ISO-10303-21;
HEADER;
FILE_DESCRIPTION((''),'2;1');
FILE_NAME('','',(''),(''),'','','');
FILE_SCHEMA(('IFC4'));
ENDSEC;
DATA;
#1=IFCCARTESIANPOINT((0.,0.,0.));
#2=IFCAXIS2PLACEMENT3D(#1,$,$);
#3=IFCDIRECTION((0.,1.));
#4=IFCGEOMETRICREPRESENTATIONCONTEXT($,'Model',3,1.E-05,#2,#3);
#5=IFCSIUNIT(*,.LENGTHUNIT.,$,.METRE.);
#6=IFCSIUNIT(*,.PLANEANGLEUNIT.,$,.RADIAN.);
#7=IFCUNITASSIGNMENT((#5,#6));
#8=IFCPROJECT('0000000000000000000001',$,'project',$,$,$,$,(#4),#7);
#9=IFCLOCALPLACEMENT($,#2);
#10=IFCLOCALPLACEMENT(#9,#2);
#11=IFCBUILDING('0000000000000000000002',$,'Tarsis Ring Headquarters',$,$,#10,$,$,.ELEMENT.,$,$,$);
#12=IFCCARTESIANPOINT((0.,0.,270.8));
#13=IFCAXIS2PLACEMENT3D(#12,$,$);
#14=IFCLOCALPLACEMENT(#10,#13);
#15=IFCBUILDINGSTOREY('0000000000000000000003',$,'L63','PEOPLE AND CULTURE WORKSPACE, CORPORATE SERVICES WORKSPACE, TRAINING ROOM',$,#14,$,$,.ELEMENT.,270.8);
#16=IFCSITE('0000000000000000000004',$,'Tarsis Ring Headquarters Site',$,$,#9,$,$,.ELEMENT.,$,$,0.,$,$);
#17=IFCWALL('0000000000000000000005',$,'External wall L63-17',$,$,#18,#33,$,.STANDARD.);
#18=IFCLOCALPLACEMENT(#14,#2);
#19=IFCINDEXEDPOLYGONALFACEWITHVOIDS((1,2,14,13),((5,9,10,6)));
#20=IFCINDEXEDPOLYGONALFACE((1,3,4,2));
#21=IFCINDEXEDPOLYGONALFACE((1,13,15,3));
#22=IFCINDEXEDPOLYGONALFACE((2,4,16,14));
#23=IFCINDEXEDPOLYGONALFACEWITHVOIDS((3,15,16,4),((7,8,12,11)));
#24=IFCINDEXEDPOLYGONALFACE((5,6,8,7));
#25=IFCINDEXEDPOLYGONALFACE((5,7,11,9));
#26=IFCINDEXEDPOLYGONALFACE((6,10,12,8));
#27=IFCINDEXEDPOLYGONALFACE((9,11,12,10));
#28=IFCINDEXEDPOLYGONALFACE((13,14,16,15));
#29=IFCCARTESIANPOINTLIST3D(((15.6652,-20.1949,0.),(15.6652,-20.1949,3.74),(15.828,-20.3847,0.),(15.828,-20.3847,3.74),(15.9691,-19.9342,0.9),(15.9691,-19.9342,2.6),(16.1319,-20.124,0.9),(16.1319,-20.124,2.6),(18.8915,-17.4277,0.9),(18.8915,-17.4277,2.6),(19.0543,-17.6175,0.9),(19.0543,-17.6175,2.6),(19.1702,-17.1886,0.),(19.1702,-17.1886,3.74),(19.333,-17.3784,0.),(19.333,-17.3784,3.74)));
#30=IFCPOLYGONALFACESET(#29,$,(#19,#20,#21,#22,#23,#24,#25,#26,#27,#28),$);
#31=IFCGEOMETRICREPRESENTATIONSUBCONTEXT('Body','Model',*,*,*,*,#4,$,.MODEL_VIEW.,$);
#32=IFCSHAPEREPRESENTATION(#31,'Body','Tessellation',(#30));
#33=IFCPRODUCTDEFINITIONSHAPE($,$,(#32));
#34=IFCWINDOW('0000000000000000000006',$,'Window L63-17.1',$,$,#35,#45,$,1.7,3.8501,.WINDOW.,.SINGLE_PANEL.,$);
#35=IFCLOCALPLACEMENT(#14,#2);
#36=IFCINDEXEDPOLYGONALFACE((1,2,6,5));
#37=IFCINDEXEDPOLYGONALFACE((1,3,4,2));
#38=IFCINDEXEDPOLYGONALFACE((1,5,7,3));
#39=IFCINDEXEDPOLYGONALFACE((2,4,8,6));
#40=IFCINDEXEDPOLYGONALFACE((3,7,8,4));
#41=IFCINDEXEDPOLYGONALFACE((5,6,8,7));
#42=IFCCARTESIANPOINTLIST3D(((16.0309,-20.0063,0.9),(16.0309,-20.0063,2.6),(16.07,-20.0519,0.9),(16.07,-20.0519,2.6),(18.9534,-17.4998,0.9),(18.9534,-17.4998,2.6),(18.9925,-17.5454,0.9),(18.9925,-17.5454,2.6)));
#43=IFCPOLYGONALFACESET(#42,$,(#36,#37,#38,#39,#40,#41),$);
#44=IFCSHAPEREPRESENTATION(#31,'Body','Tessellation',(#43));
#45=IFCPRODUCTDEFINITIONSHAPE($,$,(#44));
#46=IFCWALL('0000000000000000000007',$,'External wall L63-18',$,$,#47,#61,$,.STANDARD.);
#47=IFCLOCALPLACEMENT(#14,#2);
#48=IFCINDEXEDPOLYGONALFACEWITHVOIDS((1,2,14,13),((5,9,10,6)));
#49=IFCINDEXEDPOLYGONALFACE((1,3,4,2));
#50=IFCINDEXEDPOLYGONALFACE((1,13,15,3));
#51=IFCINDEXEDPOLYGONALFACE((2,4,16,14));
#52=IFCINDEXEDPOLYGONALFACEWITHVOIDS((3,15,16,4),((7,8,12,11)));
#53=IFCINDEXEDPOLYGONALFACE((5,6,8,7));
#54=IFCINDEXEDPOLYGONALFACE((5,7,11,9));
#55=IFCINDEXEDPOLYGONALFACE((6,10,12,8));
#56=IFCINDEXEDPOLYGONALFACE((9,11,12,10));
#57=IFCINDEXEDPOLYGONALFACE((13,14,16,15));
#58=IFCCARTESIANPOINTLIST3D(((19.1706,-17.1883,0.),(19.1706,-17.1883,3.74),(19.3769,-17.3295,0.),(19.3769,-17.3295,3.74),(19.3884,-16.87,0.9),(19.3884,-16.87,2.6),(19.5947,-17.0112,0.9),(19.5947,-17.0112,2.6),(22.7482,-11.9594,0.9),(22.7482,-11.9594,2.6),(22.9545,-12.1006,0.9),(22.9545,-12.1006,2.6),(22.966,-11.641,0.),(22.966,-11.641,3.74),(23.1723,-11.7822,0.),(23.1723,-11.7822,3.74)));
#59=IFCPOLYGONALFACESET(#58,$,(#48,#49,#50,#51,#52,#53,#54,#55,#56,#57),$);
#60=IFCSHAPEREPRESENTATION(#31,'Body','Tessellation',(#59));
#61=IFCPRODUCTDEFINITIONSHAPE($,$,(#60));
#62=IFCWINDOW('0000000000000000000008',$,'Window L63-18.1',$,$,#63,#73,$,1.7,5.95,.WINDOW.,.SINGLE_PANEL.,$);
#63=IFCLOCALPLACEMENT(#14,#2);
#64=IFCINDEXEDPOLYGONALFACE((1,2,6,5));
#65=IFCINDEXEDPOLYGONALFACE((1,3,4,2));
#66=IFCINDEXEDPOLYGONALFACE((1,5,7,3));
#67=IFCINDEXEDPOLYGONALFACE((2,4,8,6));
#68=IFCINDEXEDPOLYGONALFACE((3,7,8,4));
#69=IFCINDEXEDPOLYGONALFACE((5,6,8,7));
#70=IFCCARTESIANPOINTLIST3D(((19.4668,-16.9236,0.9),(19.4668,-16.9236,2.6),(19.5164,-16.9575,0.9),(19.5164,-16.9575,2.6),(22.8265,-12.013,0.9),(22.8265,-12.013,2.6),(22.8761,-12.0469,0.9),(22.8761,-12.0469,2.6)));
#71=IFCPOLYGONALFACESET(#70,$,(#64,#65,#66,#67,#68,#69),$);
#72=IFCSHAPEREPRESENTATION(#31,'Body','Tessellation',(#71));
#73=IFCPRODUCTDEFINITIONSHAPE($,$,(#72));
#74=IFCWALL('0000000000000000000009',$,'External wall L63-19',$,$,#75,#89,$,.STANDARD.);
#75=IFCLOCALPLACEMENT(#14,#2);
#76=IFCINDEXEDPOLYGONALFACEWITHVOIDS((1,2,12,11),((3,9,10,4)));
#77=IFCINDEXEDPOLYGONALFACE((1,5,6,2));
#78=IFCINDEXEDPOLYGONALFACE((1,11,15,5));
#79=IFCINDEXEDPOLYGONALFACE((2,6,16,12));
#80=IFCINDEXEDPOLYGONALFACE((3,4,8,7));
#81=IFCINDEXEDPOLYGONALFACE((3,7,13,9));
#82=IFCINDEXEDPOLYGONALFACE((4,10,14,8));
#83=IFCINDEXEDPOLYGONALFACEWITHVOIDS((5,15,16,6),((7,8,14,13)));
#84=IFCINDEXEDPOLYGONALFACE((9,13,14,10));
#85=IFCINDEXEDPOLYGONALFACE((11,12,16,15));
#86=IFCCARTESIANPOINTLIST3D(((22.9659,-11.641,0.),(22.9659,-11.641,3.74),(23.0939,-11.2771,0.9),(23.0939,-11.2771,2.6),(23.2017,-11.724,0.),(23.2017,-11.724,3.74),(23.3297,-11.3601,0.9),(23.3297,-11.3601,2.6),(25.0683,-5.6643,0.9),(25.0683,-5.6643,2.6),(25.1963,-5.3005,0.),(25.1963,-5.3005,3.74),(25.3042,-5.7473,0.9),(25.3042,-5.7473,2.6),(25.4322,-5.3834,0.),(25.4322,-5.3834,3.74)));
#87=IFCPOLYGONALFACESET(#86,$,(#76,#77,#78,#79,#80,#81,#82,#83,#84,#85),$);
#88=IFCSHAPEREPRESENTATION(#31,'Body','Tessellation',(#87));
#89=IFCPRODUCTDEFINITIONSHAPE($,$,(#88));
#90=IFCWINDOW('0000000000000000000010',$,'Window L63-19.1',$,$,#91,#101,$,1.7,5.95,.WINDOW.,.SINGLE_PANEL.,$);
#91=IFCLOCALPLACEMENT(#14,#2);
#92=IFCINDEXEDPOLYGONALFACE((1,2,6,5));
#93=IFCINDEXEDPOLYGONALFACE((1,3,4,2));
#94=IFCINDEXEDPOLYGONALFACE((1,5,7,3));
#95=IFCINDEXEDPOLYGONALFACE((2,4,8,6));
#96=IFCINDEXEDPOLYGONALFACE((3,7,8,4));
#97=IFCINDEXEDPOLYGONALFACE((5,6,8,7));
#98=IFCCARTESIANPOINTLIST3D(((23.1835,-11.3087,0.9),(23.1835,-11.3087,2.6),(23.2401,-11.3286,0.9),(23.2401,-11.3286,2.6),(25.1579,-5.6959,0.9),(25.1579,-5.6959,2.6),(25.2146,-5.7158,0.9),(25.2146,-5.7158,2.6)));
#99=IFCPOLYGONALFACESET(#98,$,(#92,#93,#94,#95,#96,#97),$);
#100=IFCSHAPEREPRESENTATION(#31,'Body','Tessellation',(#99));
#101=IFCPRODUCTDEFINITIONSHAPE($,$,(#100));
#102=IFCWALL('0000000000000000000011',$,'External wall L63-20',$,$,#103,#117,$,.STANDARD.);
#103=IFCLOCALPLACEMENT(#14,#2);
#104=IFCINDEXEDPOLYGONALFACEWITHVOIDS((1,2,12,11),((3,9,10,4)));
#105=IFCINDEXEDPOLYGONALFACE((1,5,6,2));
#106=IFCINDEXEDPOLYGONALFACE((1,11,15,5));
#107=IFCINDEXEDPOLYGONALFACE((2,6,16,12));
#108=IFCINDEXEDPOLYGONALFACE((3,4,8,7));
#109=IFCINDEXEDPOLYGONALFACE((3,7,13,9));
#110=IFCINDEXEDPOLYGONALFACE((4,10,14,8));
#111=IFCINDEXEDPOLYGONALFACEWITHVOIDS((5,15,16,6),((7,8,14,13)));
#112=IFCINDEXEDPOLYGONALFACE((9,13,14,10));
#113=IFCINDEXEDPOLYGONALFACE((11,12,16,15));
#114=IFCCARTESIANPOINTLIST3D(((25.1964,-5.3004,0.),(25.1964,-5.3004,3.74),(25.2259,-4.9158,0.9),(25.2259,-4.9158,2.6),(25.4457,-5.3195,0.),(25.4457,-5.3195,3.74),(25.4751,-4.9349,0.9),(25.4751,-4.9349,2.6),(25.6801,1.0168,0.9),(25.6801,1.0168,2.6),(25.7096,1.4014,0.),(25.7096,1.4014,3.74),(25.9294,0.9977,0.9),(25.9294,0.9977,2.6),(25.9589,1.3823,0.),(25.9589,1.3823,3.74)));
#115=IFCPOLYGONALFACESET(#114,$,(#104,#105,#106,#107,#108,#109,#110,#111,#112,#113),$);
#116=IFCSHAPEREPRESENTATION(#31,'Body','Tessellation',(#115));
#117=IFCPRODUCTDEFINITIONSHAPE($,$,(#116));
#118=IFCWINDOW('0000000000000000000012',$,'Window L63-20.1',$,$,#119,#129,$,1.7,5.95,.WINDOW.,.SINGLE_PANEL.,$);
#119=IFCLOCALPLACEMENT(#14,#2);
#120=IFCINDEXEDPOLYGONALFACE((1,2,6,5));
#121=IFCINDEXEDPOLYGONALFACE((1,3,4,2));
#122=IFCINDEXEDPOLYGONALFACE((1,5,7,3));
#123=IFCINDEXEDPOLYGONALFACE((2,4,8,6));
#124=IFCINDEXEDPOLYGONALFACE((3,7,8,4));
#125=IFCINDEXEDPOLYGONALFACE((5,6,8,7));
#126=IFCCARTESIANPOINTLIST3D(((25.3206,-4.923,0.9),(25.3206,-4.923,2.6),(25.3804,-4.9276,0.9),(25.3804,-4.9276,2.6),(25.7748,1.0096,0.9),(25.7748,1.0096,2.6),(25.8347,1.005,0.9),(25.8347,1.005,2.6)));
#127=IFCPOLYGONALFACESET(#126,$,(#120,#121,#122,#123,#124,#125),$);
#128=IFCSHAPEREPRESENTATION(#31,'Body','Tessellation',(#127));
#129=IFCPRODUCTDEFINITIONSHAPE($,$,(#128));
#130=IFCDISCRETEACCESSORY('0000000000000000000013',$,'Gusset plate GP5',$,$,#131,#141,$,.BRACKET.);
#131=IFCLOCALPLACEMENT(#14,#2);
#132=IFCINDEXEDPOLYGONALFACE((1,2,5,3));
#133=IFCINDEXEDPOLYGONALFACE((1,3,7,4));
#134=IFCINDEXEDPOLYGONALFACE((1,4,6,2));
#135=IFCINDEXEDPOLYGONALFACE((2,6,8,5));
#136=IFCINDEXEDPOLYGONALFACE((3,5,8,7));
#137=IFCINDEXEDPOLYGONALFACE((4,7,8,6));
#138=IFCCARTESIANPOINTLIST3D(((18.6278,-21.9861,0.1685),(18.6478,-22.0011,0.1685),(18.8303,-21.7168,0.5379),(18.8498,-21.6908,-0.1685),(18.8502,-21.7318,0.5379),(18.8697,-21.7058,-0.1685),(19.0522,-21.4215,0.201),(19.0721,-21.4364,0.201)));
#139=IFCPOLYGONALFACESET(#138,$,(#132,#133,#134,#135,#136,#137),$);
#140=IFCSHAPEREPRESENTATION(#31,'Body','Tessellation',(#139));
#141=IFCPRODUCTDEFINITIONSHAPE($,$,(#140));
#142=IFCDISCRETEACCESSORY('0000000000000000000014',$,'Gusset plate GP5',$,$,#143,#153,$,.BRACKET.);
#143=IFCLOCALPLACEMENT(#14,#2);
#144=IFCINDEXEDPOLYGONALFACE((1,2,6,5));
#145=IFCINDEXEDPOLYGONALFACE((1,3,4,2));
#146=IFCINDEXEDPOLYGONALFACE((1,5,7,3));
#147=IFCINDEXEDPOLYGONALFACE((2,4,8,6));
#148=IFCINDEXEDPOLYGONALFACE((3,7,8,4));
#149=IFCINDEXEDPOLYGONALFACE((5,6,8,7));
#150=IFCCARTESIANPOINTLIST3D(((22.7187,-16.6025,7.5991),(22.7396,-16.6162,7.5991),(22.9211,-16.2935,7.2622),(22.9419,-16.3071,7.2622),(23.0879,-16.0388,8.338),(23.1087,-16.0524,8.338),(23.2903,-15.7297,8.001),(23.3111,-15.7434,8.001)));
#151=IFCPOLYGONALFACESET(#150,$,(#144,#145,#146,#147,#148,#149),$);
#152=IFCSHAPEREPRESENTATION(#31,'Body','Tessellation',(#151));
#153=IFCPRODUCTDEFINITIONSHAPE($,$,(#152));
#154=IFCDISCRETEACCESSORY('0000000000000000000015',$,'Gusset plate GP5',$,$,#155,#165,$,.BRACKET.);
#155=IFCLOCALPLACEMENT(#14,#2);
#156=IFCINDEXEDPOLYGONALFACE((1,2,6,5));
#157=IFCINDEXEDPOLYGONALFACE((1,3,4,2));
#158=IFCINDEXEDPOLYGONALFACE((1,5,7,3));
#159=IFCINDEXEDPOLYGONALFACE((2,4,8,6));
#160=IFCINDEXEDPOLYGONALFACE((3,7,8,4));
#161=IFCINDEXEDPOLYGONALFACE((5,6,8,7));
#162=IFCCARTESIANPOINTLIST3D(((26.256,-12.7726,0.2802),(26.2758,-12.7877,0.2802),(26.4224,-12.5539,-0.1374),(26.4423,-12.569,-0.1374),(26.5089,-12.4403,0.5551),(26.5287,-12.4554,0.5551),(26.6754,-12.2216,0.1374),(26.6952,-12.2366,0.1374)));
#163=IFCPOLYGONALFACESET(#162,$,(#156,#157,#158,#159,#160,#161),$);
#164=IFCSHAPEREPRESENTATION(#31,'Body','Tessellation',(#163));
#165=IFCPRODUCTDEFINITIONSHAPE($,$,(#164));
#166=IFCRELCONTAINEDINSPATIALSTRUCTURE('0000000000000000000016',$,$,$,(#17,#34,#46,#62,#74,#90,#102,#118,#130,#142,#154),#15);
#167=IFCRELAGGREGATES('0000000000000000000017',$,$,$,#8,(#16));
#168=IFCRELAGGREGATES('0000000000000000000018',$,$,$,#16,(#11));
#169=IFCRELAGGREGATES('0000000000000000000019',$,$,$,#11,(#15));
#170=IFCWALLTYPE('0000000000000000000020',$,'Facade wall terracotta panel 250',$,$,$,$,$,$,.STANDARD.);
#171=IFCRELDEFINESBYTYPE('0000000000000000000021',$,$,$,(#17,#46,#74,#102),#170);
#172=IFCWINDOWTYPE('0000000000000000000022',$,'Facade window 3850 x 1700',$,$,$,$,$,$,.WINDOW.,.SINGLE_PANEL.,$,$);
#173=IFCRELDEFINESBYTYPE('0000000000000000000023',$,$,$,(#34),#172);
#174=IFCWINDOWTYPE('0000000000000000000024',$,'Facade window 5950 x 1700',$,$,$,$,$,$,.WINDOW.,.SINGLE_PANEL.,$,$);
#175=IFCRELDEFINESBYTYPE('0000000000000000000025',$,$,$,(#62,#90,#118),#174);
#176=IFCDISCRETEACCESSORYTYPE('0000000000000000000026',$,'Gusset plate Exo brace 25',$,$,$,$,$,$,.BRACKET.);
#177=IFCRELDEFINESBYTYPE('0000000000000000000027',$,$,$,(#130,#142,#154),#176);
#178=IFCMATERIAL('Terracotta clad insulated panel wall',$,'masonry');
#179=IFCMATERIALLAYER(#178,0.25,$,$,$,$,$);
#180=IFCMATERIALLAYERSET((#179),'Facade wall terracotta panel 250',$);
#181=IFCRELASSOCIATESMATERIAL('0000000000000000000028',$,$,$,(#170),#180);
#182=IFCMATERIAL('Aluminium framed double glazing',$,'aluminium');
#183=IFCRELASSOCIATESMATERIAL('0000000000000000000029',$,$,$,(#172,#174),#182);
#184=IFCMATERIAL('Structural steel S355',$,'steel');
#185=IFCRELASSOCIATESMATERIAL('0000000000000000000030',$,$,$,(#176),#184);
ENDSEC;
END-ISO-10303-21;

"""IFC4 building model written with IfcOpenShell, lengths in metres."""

from ifc_helpers import new_model, si_unit, direction, frame, frame_2d, origin, origin_2d, place, context, subcontext, project, spatial, rectangle, extrude, material, layer, layer_set, material_profile, profile_set, type_object, element, fill, save


model = new_model("IFC4")

# Units and contexts
model_context = context("Model", 3, precision=1e-05, world=origin(), true_north=direction((0.0, 1.0)))
body_context = subcontext(model_context, "Body", "Model", "MODEL_VIEW")
ifc_project = project(units=[si_unit("LENGTHUNIT", "METRE"), si_unit("PLANEANGLEUNIT", "RADIAN")], contexts=[model_context])

# Site, building, storey
site_placement = place(None, origin())
site = spatial("IfcSite", under=ifc_project, at=site_placement, Name="Tarsis Ring Headquarters Site", CompositionType="ELEMENT", RefElevation=0.0)
building_placement = place(site_placement, origin())
building = spatial("IfcBuilding", under=site, at=building_placement, Name="Tarsis Ring Headquarters", CompositionType="ELEMENT")
storey_placement = place(building_placement, frame((0.0, 0.0, 270.8)))
storey = spatial("IfcBuildingStorey", under=building, at=storey_placement, Name="L63", Description="PEOPLE AND CULTURE WORKSPACE, CORPORATE SERVICES WORKSPACE, TRAINING ROOM", CompositionType="ELEMENT", Elevation=270.8)

# Shared definitions
ifc_material_1 = material(Name="Structural steel S355", Category="steel")

# Walls, openings, windows
ifc_material_2 = material(Name="Terracotta clad insulated panel wall", Category="masonry")
ifc_layer_1 = layer(ifc_material_2, 0.25)
ifc_layer_set_1 = layer_set([ifc_layer_1], Name="Facade wall terracotta panel 250")
wall_type_1 = type_object("IfcWallType", Name="Facade wall terracotta panel 250", PredefinedType="STANDARD", material=ifc_layer_set_1)
wall_1_placement = place(storey_placement, frame((15.7466, -20.2898, 0.0), z_axis=(0.0, 0.0, 1.0), x_axis=(0.759048, 0.651035, 0.0)))
wall_1 = element("IfcWall", 1, at=wall_1_placement, inside=storey, type_object=wall_type_1, Name="External wall L63-17", PredefinedType="STANDARD", context=body_context, shape_type="SweptSolid", body=[
    extrude(rectangle(XDim=4.6177, YDim=0.25, at=frame_2d((2.3088, 0.0))), origin(), (0.0, 0.0, 1.0), 3.74),
])
opening_1_placement = place(wall_1_placement, frame((0.4004, 0.0, 0.8999)))
opening_1 = element("IfcOpeningElement", 2, at=opening_1_placement, cuts=wall_1, PredefinedType="OPENING", context=body_context, shape_type="SweptSolid", body=[
    extrude(rectangle(XDim=3.8501, YDim=1.7, at=frame_2d((1.925, 0.8501))), frame((0.0, 0.135, 0.0), z_axis=(0.0, -1.0, 0.0), x_axis=(1.0, 0.0, 0.0)), (0.0, 0.0, 1.0), 0.27),
])
ifc_material_3 = material(Name="Aluminium framed double glazing", Category="aluminium")
window_type_1 = type_object("IfcWindowType", Name="Facade window 3850 x 1700", PartitioningType="SINGLE_PANEL", PredefinedType="WINDOW", material=ifc_material_3)
window_1_placement = place(opening_1_placement, origin())
window_1 = element("IfcWindow", 3, at=window_1_placement, inside=storey, type_object=window_type_1, Name="Window L63-17.1", OverallHeight=1.7, OverallWidth=3.8501, PartitioningType="SINGLE_PANEL", PredefinedType="WINDOW", context=body_context, shape_type="SweptSolid", body=[
    extrude(rectangle(XDim=3.8501, YDim=1.7, at=frame_2d((1.925, 0.8501))), frame((0.0, 0.03, 0.0), z_axis=(0.0, -1.0, 0.0), x_axis=(1.0, 0.0, 0.0)), (0.0, 0.0, 1.0), 0.0601),
])
fill(opening_1, window_1)
wall_2_placement = place(storey_placement, frame((19.2737, -17.259, 0.0), z_axis=(0.0, 0.0, 1.0), x_axis=(0.564668, 0.825318, 0.0)))
wall_2 = element("IfcWall", 4, at=wall_2_placement, inside=storey, type_object=wall_type_1, Name="External wall L63-18", PredefinedType="STANDARD", context=body_context, shape_type="SweptSolid", body=[
    extrude(rectangle(XDim=6.7214, YDim=0.25, at=frame_2d((3.3608, 0.0))), origin(), (0.0, 0.0, 1.0), 3.74),
])
opening_2_placement = place(wall_2_placement, frame((0.3857, 0.0, 0.8999)))
opening_2 = element("IfcOpeningElement", 5, at=opening_2_placement, cuts=wall_2, PredefinedType="OPENING", context=body_context, shape_type="SweptSolid", body=[
    extrude(rectangle(XDim=5.95, YDim=1.7, at=frame_2d((2.9751, 0.8501))), frame((0.0, 0.135, 0.0), z_axis=(0.0, -1.0, 0.0), x_axis=(1.0, 0.0, 0.0)), (0.0, 0.0, 1.0), 0.27),
])
window_type_2 = type_object("IfcWindowType", Name="Facade window 5950 x 1700", PartitioningType="SINGLE_PANEL", PredefinedType="WINDOW", material=ifc_material_3)
window_2_placement = place(opening_2_placement, origin())
window_2 = element("IfcWindow", 6, at=window_2_placement, inside=storey, type_object=window_type_2, Name="Window L63-18.1", OverallHeight=1.7, OverallWidth=5.95, PartitioningType="SINGLE_PANEL", PredefinedType="WINDOW", context=body_context, shape_type="SweptSolid", body=[
    extrude(rectangle(XDim=5.95, YDim=1.7, at=frame_2d((2.9751, 0.8501))), frame((0.0, 0.03, 0.0), z_axis=(0.0, -1.0, 0.0), x_axis=(1.0, 0.0, 0.0)), (0.0, 0.0, 1.0), 0.0601),
])
fill(opening_2, window_2)
wall_3_placement = place(storey_placement, frame((23.0837, -11.6826, 0.0), z_axis=(0.0, 0.0, 1.0), x_axis=(0.331843, 0.943335, 0.0)))
wall_3 = element("IfcWall", 7, at=wall_3_placement, inside=storey, type_object=wall_type_1, Name="External wall L63-19", PredefinedType="STANDARD", context=body_context, shape_type="SweptSolid", body=[
    extrude(rectangle(XDim=6.7214, YDim=0.25, at=frame_2d((3.3608, 0.0))), origin(), (0.0, 0.0, 1.0), 3.74),
])
opening_3_placement = place(wall_3_placement, frame((0.3857, 0.0, 0.8999)))
opening_3 = element("IfcOpeningElement", 8, at=opening_3_placement, cuts=wall_3, PredefinedType="OPENING", context=body_context, shape_type="SweptSolid", body=[
    extrude(rectangle(XDim=5.95, YDim=1.7, at=frame_2d((2.9751, 0.8501))), frame((0.0, 0.135, 0.0), z_axis=(0.0, -1.0, 0.0), x_axis=(1.0, 0.0, 0.0)), (0.0, 0.0, 1.0), 0.27),
])
window_3_placement = place(opening_3_placement, origin())
window_3 = element("IfcWindow", 9, at=window_3_placement, inside=storey, type_object=window_type_2, Name="Window L63-19.1", OverallHeight=1.7, OverallWidth=5.95, PartitioningType="SINGLE_PANEL", PredefinedType="WINDOW", context=body_context, shape_type="SweptSolid", body=[
    extrude(rectangle(XDim=5.95, YDim=1.7, at=frame_2d((2.9751, 0.8501))), frame((0.0, 0.03, 0.0), z_axis=(0.0, -1.0, 0.0), x_axis=(1.0, 0.0, 0.0)), (0.0, 0.0, 1.0), 0.0601),
])
fill(opening_3, window_3)
wall_4_placement = place(storey_placement, frame((25.321, -5.3101, 0.0), z_axis=(0.0, 0.0, 1.0), x_axis=(0.076349, 0.997081, 0.0)))
wall_4 = element("IfcWall", 10, at=wall_4_placement, inside=storey, type_object=wall_type_1, Name="External wall L63-20", PredefinedType="STANDARD", context=body_context, shape_type="SweptSolid", body=[
    extrude(rectangle(XDim=6.7214, YDim=0.25, at=frame_2d((3.3608, 0.0))), origin(), (0.0, 0.0, 1.0), 3.74),
])
opening_4_placement = place(wall_4_placement, frame((0.3857, 0.0, 0.8999)))
opening_4 = element("IfcOpeningElement", 11, at=opening_4_placement, cuts=wall_4, PredefinedType="OPENING", context=body_context, shape_type="SweptSolid", body=[
    extrude(rectangle(XDim=5.95, YDim=1.7, at=frame_2d((2.9751, 0.8501))), frame((0.0, 0.135, 0.0), z_axis=(0.0, -1.0, 0.0), x_axis=(1.0, 0.0, 0.0)), (0.0, 0.0, 1.0), 0.27),
])
window_4_placement = place(opening_4_placement, origin())
window_4 = element("IfcWindow", 12, at=window_4_placement, inside=storey, type_object=window_type_2, Name="Window L63-20.1", OverallHeight=1.7, OverallWidth=5.95, PartitioningType="SINGLE_PANEL", PredefinedType="WINDOW", context=body_context, shape_type="SweptSolid", body=[
    extrude(rectangle(XDim=5.95, YDim=1.7, at=frame_2d((2.9751, 0.8501))), frame((0.0, 0.03, 0.0), z_axis=(0.0, -1.0, 0.0), x_axis=(1.0, 0.0, 0.0)), (0.0, 0.0, 1.0), 0.0601),
])
fill(opening_4, window_4)

# Discrete accessories
ifc_material_profile_1 = material_profile(ifc_material_1, rectangle(XDim=0.0249, YDim=0.5, at=origin_2d()), Name="PL 25x500")
ifc_profile_set_1 = profile_set([ifc_material_profile_1], Name="Structural steel S355")
discrete_accessory_type = type_object("IfcDiscreteAccessoryType", Name="Gusset plate Exo brace 25", PredefinedType="BRACKET", material=ifc_profile_set_1)
discrete_accessory_1_placement = place(storey_placement, frame((18.7488, -21.8459, 0.0), z_axis=(0.404847, 0.538657, 0.738883), x_axis=(-0.799391, 0.600811, 0.0)))
element("IfcDiscreteAccessory", 13, at=discrete_accessory_1_placement, inside=storey, type_object=discrete_accessory_type, Name="Gusset plate GP5", PredefinedType="BRACKET", context=body_context, shape_type="SweptSolid", body=[
    extrude(rectangle(XDim=0.0249, YDim=0.5, at=origin_2d()), origin(), (0.0, 0.0, 1.0), 0.5),
])
discrete_accessory_2_placement = place(storey_placement, frame((22.8303, -16.4548, 7.4307), z_axis=(0.369173, 0.56377, 0.738834), x_axis=(-0.836593, 0.547825, 0.0)))
element("IfcDiscreteAccessory", 14, at=discrete_accessory_2_placement, inside=storey, type_object=discrete_accessory_type, Name="Gusset plate GP5", PredefinedType="BRACKET", context=body_context, shape_type="SweptSolid", body=[
    extrude(rectangle(XDim=0.0249, YDim=0.5, at=origin_2d()), origin(), (0.0, 0.0, 1.0), 1.0),
])
discrete_accessory_3_placement = place(storey_placement, frame((26.5588, -12.3953, 0.0), z_axis=(-0.332962, -0.43744, 0.835334), x_axis=(0.795717, -0.605669, 0.0)))
element("IfcDiscreteAccessory", 15, at=discrete_accessory_3_placement, inside=storey, type_object=discrete_accessory_type, Name="Gusset plate GP5", PredefinedType="BRACKET", context=body_context, shape_type="SweptSolid", body=[
    extrude(rectangle(XDim=0.0249, YDim=0.5, at=origin_2d()), origin(), (0.0, 0.0, 1.0), 0.5),
])

save(model, "model.ifc")
